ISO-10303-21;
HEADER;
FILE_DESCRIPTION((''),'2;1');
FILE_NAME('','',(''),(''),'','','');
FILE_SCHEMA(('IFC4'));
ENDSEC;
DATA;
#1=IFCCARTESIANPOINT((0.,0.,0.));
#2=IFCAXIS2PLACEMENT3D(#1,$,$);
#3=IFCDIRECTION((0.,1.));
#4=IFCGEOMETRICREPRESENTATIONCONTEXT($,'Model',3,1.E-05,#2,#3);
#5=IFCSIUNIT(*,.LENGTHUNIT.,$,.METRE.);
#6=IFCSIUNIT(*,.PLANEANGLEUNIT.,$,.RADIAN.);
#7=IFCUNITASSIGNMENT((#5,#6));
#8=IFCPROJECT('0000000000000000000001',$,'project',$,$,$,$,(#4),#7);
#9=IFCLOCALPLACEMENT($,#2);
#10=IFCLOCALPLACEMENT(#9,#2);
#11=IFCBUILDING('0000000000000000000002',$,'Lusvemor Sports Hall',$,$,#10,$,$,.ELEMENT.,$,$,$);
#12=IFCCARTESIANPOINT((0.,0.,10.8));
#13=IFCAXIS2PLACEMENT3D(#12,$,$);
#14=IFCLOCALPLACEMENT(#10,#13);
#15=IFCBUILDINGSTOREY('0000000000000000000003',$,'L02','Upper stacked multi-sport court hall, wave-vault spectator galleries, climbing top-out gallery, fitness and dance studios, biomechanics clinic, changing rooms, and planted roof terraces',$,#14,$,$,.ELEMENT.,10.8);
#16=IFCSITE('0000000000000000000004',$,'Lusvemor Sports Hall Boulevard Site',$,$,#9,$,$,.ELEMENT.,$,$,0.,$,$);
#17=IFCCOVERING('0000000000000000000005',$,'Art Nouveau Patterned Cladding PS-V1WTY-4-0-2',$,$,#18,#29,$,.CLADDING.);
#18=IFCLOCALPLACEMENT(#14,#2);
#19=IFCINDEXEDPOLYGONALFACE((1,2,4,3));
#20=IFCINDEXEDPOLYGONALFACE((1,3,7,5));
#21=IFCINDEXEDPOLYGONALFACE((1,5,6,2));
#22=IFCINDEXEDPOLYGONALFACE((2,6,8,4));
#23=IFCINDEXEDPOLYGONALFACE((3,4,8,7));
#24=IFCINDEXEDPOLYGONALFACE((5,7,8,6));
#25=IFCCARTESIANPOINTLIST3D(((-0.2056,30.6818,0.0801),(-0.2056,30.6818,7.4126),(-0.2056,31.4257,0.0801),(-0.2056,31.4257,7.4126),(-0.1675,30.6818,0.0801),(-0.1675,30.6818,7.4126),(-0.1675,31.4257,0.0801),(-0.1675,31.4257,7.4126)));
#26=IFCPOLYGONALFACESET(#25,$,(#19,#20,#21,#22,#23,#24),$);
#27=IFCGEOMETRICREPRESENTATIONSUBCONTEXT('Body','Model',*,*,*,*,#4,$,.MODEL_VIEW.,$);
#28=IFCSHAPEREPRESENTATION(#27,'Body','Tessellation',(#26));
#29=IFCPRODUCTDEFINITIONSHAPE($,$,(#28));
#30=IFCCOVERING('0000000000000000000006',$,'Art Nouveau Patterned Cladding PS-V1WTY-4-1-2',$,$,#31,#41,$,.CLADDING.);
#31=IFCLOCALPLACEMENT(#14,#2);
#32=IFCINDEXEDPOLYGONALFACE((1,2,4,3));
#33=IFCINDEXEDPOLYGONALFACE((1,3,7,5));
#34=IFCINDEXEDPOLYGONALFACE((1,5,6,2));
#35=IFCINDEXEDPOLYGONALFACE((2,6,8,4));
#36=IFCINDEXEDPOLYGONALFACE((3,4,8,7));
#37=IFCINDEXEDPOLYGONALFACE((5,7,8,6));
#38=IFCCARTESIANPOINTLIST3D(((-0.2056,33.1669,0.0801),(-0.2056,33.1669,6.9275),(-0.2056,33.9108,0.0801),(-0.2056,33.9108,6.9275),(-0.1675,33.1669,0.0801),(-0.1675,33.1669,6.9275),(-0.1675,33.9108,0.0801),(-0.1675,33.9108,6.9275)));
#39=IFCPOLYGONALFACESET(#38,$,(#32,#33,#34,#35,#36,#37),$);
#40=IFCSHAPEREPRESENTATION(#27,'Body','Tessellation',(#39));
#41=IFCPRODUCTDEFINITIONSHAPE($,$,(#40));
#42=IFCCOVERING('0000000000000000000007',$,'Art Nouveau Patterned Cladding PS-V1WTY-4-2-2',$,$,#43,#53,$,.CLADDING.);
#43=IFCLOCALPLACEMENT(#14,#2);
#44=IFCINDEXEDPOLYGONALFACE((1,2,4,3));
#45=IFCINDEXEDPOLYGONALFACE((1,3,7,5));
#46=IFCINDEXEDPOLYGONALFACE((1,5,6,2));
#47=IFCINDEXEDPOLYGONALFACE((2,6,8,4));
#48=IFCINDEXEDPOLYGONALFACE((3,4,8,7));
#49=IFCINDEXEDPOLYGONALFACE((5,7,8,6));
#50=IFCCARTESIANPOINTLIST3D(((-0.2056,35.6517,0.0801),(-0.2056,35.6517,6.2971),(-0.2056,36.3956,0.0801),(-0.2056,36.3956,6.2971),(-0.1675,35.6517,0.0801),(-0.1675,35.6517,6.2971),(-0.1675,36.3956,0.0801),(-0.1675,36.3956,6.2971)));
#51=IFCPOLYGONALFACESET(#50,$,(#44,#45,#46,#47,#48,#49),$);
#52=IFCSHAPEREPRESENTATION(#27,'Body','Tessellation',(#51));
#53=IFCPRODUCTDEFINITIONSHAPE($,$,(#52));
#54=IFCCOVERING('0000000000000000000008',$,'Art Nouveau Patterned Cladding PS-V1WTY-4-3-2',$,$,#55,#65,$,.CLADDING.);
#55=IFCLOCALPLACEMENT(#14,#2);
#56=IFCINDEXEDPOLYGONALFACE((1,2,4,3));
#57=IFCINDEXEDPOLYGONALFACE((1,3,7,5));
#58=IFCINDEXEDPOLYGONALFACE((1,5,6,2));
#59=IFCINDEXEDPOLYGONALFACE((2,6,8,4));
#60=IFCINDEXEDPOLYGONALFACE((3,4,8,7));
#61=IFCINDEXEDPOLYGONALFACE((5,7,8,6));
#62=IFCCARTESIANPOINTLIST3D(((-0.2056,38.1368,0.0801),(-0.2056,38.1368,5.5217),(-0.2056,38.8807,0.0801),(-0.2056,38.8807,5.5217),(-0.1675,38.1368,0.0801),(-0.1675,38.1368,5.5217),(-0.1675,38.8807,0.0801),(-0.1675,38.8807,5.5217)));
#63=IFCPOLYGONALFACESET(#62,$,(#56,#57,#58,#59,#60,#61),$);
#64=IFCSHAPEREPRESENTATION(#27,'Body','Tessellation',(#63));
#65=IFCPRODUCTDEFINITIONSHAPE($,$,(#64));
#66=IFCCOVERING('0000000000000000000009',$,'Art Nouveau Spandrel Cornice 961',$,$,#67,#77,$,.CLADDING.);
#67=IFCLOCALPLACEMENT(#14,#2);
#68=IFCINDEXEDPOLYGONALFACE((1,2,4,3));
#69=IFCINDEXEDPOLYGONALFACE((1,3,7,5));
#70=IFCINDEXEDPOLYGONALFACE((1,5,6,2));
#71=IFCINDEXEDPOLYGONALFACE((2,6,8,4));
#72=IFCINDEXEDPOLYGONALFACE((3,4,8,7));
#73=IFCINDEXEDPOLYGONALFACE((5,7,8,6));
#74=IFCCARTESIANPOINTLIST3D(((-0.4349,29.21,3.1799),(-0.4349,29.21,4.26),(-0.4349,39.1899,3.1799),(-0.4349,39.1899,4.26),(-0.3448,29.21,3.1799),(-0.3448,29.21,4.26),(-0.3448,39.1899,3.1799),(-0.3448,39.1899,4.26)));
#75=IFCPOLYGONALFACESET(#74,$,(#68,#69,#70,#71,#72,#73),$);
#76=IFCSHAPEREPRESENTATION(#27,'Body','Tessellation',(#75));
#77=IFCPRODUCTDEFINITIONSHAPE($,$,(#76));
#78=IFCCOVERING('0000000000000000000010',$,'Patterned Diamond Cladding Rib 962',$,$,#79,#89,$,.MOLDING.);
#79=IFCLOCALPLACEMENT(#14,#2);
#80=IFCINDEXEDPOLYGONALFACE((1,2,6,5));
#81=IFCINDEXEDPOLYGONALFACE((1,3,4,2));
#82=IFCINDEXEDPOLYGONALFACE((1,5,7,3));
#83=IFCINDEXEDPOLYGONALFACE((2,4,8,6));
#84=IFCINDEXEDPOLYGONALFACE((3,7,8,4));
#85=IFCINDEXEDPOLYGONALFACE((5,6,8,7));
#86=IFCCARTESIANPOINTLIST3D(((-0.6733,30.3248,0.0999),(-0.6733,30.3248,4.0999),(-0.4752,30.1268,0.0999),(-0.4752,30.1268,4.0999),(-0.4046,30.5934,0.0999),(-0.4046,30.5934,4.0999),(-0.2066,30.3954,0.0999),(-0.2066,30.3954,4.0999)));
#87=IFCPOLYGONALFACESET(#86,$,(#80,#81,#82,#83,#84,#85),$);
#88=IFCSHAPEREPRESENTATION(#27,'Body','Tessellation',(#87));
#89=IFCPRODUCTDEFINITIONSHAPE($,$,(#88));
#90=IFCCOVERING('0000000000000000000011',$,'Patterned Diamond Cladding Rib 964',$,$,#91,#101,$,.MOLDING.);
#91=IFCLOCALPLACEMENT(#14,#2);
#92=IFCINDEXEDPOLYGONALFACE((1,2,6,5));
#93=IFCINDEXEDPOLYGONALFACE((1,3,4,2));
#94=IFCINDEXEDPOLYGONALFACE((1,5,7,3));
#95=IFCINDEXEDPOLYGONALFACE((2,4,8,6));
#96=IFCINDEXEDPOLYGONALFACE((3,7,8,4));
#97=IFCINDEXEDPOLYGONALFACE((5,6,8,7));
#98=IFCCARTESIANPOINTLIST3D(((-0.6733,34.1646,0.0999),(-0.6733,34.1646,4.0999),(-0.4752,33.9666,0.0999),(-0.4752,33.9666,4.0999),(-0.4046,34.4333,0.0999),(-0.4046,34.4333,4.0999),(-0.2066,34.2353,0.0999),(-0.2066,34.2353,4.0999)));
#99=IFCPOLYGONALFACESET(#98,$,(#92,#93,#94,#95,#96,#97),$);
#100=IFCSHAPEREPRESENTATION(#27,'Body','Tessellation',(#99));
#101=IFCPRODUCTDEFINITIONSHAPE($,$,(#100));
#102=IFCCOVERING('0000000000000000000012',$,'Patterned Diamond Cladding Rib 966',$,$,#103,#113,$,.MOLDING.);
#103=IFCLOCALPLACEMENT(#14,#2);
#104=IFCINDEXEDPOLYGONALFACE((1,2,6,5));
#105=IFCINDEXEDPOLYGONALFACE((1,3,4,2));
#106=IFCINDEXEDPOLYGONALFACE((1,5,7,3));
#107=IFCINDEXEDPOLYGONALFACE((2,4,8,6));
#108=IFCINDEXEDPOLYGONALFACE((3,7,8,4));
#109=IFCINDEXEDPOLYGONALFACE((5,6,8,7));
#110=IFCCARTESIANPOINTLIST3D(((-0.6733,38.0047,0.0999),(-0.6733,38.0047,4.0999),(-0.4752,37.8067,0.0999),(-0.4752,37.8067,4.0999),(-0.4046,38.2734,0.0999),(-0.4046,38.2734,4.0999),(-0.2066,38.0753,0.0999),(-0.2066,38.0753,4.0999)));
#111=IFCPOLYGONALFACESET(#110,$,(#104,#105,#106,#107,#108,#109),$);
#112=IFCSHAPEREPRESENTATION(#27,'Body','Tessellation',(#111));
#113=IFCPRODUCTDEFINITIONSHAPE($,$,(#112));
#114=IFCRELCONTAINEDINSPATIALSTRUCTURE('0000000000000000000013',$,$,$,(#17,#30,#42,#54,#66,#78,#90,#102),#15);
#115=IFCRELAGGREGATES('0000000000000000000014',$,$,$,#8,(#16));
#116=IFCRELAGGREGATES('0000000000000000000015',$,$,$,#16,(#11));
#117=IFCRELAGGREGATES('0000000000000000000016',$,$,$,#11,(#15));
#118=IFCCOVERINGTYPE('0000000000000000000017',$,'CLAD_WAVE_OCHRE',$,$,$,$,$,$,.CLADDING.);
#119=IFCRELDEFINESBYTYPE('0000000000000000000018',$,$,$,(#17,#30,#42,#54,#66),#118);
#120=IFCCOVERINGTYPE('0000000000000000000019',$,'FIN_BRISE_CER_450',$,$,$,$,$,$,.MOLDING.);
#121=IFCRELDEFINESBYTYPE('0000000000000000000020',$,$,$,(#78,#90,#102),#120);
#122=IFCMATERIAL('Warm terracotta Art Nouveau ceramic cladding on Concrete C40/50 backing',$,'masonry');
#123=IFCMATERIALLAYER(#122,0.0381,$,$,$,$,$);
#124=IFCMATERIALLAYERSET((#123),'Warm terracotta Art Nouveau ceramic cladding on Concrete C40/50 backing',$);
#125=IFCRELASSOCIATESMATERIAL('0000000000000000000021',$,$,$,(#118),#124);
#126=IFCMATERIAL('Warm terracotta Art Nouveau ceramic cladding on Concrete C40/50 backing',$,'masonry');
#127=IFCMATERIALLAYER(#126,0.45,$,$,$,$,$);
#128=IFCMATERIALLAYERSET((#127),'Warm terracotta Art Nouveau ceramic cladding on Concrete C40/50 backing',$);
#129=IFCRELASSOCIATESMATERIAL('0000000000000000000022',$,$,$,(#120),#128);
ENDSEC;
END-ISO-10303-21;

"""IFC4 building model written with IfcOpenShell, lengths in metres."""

from ifc_helpers import new_model, si_unit, direction, frame, origin, origin_2d, place, context, subcontext, project, spatial, rectangle, extrude, material, layer, layer_set, type_object, element, save


model = new_model("IFC4")

# Units and contexts
model_context = context("Model", 3, precision=1e-05, world=origin(), true_north=direction((0.0, 1.0)))
body_context = subcontext(model_context, "Body", "Model", "MODEL_VIEW")
ifc_project = project(units=[si_unit("LENGTHUNIT", "METRE"), si_unit("PLANEANGLEUNIT", "RADIAN")], contexts=[model_context])

# Site, building, storey
site_placement = place(None, origin())
site = spatial("IfcSite", under=ifc_project, at=site_placement, Name="Lusvemor Sports Hall Boulevard Site", CompositionType="ELEMENT", RefElevation=0.0)
building_placement = place(site_placement, origin())
building = spatial("IfcBuilding", under=site, at=building_placement, Name="Lusvemor Sports Hall", CompositionType="ELEMENT")
storey_placement = place(building_placement, frame((0.0, 0.0, 10.8)))
storey = spatial("IfcBuildingStorey", under=building, at=storey_placement, Name="L02", Description="Upper stacked multi-sport court hall, wave-vault spectator galleries, climbing top-out gallery, fitness and dance studios, biomechanics clinic, changing rooms, and planted roof terraces", CompositionType="ELEMENT", Elevation=10.8)

# Coverings
ifc_material_1 = material(Name="Warm terracotta Art Nouveau ceramic cladding on Concrete C40/50 backing", Category="masonry")
ifc_layer_1 = layer(ifc_material_1, 0.0381)
ifc_layer_set_1 = layer_set([ifc_layer_1], Name="Warm terracotta Art Nouveau ceramic cladding on Concrete C40/50 backing")
covering_type_1 = type_object("IfcCoveringType", Name="CLAD_WAVE_OCHRE", PredefinedType="CLADDING", material=ifc_layer_set_1)
covering_1_placement = place(storey_placement, frame((-0.1865, 31.0537, 0.0801), z_axis=(0.0, 0.0, 1.0), x_axis=(1.0, 0.0, 0.0)))
element("IfcCovering", 1, at=covering_1_placement, inside=storey, type_object=covering_type_1, Name="Art Nouveau Patterned Cladding PS-V1WTY-4-0-2", PredefinedType="CLADDING", context=body_context, shape_type="SweptSolid", body=[
    extrude(rectangle(XDim=0.0381, YDim=0.7439, at=origin_2d()), origin(), (0.0, 0.0, 1.0), 7.3325),
])
covering_2_placement = place(storey_placement, frame((-0.1865, 33.5388, 0.0801), z_axis=(0.0, 0.0, 1.0), x_axis=(1.0, 0.0, 0.0)))
element("IfcCovering", 2, at=covering_2_placement, inside=storey, type_object=covering_type_1, Name="Art Nouveau Patterned Cladding PS-V1WTY-4-1-2", PredefinedType="CLADDING", context=body_context, shape_type="SweptSolid", body=[
    extrude(rectangle(XDim=0.0381, YDim=0.7439, at=origin_2d()), origin(), (0.0, 0.0, 1.0), 6.8474),
])
covering_3_placement = place(storey_placement, frame((-0.1865, 36.0237, 0.0801), z_axis=(0.0, 0.0, 1.0), x_axis=(1.0, 0.0, 0.0)))
element("IfcCovering", 3, at=covering_3_placement, inside=storey, type_object=covering_type_1, Name="Art Nouveau Patterned Cladding PS-V1WTY-4-2-2", PredefinedType="CLADDING", context=body_context, shape_type="SweptSolid", body=[
    extrude(rectangle(XDim=0.0381, YDim=0.7439, at=origin_2d()), origin(), (0.0, 0.0, 1.0), 6.217),
])
covering_4_placement = place(storey_placement, frame((-0.1865, 38.5088, 0.0801), z_axis=(0.0, 0.0, 1.0), x_axis=(1.0, 0.0, 0.0)))
element("IfcCovering", 4, at=covering_4_placement, inside=storey, type_object=covering_type_1, Name="Art Nouveau Patterned Cladding PS-V1WTY-4-3-2", PredefinedType="CLADDING", context=body_context, shape_type="SweptSolid", body=[
    extrude(rectangle(XDim=0.0381, YDim=0.7439, at=origin_2d()), origin(), (0.0, 0.0, 1.0), 5.4417),
])
covering_5_placement = place(storey_placement, frame((-0.3899, 34.2, 3.1799), z_axis=(0.0, 0.0, 1.0), x_axis=(1.0, 0.0, 0.0)))
element("IfcCovering", 5, at=covering_5_placement, inside=storey, type_object=covering_type_1, Name="Art Nouveau Spandrel Cornice 961", PredefinedType="CLADDING", context=body_context, shape_type="SweptSolid", body=[
    extrude(rectangle(XDim=0.0901, YDim=9.98, at=origin_2d()), origin(), (0.0, 0.0, 1.0), 1.0801),
])
ifc_material_2 = material(Name="Warm terracotta Art Nouveau ceramic cladding on Concrete C40/50 backing", Category="masonry")
ifc_layer_2 = layer(ifc_material_2, 0.45)
ifc_layer_set_2 = layer_set([ifc_layer_2], Name="Warm terracotta Art Nouveau ceramic cladding on Concrete C40/50 backing")
covering_type_2 = type_object("IfcCoveringType", Name="FIN_BRISE_CER_450", PredefinedType="MOLDING", material=ifc_layer_set_2)
for number, where, z_axis, x_axis, name in (
    (6, (-0.4399, 30.3601, 0.0999), (0.0, 0.0, 1.0), (0.707107, 0.707107, 0.0), "Patterned Diamond Cladding Rib 962"),
    (7, (-0.4399, 34.2, 0.0999), (0.0, 0.0, 1.0), (0.707107, 0.707107, 0.0), "Patterned Diamond Cladding Rib 964"),
    (8, (-0.4399, 38.04, 0.0999), (0.0, 0.0, 1.0), (0.707107, 0.707107, 0.0), "Patterned Diamond Cladding Rib 966"),
):
    element("IfcCovering", number, at=place(storey_placement, frame(where, z_axis=z_axis, x_axis=x_axis)), inside=storey, type_object=covering_type_2, Name=name, PredefinedType="MOLDING", context=body_context, shape_type="SweptSolid", body=[
        extrude(rectangle(XDim=0.3799, YDim=0.28, at=origin_2d()), origin(), (0.0, 0.0, 1.0), 4.0),
    ])

save(model, "model.ifc")
